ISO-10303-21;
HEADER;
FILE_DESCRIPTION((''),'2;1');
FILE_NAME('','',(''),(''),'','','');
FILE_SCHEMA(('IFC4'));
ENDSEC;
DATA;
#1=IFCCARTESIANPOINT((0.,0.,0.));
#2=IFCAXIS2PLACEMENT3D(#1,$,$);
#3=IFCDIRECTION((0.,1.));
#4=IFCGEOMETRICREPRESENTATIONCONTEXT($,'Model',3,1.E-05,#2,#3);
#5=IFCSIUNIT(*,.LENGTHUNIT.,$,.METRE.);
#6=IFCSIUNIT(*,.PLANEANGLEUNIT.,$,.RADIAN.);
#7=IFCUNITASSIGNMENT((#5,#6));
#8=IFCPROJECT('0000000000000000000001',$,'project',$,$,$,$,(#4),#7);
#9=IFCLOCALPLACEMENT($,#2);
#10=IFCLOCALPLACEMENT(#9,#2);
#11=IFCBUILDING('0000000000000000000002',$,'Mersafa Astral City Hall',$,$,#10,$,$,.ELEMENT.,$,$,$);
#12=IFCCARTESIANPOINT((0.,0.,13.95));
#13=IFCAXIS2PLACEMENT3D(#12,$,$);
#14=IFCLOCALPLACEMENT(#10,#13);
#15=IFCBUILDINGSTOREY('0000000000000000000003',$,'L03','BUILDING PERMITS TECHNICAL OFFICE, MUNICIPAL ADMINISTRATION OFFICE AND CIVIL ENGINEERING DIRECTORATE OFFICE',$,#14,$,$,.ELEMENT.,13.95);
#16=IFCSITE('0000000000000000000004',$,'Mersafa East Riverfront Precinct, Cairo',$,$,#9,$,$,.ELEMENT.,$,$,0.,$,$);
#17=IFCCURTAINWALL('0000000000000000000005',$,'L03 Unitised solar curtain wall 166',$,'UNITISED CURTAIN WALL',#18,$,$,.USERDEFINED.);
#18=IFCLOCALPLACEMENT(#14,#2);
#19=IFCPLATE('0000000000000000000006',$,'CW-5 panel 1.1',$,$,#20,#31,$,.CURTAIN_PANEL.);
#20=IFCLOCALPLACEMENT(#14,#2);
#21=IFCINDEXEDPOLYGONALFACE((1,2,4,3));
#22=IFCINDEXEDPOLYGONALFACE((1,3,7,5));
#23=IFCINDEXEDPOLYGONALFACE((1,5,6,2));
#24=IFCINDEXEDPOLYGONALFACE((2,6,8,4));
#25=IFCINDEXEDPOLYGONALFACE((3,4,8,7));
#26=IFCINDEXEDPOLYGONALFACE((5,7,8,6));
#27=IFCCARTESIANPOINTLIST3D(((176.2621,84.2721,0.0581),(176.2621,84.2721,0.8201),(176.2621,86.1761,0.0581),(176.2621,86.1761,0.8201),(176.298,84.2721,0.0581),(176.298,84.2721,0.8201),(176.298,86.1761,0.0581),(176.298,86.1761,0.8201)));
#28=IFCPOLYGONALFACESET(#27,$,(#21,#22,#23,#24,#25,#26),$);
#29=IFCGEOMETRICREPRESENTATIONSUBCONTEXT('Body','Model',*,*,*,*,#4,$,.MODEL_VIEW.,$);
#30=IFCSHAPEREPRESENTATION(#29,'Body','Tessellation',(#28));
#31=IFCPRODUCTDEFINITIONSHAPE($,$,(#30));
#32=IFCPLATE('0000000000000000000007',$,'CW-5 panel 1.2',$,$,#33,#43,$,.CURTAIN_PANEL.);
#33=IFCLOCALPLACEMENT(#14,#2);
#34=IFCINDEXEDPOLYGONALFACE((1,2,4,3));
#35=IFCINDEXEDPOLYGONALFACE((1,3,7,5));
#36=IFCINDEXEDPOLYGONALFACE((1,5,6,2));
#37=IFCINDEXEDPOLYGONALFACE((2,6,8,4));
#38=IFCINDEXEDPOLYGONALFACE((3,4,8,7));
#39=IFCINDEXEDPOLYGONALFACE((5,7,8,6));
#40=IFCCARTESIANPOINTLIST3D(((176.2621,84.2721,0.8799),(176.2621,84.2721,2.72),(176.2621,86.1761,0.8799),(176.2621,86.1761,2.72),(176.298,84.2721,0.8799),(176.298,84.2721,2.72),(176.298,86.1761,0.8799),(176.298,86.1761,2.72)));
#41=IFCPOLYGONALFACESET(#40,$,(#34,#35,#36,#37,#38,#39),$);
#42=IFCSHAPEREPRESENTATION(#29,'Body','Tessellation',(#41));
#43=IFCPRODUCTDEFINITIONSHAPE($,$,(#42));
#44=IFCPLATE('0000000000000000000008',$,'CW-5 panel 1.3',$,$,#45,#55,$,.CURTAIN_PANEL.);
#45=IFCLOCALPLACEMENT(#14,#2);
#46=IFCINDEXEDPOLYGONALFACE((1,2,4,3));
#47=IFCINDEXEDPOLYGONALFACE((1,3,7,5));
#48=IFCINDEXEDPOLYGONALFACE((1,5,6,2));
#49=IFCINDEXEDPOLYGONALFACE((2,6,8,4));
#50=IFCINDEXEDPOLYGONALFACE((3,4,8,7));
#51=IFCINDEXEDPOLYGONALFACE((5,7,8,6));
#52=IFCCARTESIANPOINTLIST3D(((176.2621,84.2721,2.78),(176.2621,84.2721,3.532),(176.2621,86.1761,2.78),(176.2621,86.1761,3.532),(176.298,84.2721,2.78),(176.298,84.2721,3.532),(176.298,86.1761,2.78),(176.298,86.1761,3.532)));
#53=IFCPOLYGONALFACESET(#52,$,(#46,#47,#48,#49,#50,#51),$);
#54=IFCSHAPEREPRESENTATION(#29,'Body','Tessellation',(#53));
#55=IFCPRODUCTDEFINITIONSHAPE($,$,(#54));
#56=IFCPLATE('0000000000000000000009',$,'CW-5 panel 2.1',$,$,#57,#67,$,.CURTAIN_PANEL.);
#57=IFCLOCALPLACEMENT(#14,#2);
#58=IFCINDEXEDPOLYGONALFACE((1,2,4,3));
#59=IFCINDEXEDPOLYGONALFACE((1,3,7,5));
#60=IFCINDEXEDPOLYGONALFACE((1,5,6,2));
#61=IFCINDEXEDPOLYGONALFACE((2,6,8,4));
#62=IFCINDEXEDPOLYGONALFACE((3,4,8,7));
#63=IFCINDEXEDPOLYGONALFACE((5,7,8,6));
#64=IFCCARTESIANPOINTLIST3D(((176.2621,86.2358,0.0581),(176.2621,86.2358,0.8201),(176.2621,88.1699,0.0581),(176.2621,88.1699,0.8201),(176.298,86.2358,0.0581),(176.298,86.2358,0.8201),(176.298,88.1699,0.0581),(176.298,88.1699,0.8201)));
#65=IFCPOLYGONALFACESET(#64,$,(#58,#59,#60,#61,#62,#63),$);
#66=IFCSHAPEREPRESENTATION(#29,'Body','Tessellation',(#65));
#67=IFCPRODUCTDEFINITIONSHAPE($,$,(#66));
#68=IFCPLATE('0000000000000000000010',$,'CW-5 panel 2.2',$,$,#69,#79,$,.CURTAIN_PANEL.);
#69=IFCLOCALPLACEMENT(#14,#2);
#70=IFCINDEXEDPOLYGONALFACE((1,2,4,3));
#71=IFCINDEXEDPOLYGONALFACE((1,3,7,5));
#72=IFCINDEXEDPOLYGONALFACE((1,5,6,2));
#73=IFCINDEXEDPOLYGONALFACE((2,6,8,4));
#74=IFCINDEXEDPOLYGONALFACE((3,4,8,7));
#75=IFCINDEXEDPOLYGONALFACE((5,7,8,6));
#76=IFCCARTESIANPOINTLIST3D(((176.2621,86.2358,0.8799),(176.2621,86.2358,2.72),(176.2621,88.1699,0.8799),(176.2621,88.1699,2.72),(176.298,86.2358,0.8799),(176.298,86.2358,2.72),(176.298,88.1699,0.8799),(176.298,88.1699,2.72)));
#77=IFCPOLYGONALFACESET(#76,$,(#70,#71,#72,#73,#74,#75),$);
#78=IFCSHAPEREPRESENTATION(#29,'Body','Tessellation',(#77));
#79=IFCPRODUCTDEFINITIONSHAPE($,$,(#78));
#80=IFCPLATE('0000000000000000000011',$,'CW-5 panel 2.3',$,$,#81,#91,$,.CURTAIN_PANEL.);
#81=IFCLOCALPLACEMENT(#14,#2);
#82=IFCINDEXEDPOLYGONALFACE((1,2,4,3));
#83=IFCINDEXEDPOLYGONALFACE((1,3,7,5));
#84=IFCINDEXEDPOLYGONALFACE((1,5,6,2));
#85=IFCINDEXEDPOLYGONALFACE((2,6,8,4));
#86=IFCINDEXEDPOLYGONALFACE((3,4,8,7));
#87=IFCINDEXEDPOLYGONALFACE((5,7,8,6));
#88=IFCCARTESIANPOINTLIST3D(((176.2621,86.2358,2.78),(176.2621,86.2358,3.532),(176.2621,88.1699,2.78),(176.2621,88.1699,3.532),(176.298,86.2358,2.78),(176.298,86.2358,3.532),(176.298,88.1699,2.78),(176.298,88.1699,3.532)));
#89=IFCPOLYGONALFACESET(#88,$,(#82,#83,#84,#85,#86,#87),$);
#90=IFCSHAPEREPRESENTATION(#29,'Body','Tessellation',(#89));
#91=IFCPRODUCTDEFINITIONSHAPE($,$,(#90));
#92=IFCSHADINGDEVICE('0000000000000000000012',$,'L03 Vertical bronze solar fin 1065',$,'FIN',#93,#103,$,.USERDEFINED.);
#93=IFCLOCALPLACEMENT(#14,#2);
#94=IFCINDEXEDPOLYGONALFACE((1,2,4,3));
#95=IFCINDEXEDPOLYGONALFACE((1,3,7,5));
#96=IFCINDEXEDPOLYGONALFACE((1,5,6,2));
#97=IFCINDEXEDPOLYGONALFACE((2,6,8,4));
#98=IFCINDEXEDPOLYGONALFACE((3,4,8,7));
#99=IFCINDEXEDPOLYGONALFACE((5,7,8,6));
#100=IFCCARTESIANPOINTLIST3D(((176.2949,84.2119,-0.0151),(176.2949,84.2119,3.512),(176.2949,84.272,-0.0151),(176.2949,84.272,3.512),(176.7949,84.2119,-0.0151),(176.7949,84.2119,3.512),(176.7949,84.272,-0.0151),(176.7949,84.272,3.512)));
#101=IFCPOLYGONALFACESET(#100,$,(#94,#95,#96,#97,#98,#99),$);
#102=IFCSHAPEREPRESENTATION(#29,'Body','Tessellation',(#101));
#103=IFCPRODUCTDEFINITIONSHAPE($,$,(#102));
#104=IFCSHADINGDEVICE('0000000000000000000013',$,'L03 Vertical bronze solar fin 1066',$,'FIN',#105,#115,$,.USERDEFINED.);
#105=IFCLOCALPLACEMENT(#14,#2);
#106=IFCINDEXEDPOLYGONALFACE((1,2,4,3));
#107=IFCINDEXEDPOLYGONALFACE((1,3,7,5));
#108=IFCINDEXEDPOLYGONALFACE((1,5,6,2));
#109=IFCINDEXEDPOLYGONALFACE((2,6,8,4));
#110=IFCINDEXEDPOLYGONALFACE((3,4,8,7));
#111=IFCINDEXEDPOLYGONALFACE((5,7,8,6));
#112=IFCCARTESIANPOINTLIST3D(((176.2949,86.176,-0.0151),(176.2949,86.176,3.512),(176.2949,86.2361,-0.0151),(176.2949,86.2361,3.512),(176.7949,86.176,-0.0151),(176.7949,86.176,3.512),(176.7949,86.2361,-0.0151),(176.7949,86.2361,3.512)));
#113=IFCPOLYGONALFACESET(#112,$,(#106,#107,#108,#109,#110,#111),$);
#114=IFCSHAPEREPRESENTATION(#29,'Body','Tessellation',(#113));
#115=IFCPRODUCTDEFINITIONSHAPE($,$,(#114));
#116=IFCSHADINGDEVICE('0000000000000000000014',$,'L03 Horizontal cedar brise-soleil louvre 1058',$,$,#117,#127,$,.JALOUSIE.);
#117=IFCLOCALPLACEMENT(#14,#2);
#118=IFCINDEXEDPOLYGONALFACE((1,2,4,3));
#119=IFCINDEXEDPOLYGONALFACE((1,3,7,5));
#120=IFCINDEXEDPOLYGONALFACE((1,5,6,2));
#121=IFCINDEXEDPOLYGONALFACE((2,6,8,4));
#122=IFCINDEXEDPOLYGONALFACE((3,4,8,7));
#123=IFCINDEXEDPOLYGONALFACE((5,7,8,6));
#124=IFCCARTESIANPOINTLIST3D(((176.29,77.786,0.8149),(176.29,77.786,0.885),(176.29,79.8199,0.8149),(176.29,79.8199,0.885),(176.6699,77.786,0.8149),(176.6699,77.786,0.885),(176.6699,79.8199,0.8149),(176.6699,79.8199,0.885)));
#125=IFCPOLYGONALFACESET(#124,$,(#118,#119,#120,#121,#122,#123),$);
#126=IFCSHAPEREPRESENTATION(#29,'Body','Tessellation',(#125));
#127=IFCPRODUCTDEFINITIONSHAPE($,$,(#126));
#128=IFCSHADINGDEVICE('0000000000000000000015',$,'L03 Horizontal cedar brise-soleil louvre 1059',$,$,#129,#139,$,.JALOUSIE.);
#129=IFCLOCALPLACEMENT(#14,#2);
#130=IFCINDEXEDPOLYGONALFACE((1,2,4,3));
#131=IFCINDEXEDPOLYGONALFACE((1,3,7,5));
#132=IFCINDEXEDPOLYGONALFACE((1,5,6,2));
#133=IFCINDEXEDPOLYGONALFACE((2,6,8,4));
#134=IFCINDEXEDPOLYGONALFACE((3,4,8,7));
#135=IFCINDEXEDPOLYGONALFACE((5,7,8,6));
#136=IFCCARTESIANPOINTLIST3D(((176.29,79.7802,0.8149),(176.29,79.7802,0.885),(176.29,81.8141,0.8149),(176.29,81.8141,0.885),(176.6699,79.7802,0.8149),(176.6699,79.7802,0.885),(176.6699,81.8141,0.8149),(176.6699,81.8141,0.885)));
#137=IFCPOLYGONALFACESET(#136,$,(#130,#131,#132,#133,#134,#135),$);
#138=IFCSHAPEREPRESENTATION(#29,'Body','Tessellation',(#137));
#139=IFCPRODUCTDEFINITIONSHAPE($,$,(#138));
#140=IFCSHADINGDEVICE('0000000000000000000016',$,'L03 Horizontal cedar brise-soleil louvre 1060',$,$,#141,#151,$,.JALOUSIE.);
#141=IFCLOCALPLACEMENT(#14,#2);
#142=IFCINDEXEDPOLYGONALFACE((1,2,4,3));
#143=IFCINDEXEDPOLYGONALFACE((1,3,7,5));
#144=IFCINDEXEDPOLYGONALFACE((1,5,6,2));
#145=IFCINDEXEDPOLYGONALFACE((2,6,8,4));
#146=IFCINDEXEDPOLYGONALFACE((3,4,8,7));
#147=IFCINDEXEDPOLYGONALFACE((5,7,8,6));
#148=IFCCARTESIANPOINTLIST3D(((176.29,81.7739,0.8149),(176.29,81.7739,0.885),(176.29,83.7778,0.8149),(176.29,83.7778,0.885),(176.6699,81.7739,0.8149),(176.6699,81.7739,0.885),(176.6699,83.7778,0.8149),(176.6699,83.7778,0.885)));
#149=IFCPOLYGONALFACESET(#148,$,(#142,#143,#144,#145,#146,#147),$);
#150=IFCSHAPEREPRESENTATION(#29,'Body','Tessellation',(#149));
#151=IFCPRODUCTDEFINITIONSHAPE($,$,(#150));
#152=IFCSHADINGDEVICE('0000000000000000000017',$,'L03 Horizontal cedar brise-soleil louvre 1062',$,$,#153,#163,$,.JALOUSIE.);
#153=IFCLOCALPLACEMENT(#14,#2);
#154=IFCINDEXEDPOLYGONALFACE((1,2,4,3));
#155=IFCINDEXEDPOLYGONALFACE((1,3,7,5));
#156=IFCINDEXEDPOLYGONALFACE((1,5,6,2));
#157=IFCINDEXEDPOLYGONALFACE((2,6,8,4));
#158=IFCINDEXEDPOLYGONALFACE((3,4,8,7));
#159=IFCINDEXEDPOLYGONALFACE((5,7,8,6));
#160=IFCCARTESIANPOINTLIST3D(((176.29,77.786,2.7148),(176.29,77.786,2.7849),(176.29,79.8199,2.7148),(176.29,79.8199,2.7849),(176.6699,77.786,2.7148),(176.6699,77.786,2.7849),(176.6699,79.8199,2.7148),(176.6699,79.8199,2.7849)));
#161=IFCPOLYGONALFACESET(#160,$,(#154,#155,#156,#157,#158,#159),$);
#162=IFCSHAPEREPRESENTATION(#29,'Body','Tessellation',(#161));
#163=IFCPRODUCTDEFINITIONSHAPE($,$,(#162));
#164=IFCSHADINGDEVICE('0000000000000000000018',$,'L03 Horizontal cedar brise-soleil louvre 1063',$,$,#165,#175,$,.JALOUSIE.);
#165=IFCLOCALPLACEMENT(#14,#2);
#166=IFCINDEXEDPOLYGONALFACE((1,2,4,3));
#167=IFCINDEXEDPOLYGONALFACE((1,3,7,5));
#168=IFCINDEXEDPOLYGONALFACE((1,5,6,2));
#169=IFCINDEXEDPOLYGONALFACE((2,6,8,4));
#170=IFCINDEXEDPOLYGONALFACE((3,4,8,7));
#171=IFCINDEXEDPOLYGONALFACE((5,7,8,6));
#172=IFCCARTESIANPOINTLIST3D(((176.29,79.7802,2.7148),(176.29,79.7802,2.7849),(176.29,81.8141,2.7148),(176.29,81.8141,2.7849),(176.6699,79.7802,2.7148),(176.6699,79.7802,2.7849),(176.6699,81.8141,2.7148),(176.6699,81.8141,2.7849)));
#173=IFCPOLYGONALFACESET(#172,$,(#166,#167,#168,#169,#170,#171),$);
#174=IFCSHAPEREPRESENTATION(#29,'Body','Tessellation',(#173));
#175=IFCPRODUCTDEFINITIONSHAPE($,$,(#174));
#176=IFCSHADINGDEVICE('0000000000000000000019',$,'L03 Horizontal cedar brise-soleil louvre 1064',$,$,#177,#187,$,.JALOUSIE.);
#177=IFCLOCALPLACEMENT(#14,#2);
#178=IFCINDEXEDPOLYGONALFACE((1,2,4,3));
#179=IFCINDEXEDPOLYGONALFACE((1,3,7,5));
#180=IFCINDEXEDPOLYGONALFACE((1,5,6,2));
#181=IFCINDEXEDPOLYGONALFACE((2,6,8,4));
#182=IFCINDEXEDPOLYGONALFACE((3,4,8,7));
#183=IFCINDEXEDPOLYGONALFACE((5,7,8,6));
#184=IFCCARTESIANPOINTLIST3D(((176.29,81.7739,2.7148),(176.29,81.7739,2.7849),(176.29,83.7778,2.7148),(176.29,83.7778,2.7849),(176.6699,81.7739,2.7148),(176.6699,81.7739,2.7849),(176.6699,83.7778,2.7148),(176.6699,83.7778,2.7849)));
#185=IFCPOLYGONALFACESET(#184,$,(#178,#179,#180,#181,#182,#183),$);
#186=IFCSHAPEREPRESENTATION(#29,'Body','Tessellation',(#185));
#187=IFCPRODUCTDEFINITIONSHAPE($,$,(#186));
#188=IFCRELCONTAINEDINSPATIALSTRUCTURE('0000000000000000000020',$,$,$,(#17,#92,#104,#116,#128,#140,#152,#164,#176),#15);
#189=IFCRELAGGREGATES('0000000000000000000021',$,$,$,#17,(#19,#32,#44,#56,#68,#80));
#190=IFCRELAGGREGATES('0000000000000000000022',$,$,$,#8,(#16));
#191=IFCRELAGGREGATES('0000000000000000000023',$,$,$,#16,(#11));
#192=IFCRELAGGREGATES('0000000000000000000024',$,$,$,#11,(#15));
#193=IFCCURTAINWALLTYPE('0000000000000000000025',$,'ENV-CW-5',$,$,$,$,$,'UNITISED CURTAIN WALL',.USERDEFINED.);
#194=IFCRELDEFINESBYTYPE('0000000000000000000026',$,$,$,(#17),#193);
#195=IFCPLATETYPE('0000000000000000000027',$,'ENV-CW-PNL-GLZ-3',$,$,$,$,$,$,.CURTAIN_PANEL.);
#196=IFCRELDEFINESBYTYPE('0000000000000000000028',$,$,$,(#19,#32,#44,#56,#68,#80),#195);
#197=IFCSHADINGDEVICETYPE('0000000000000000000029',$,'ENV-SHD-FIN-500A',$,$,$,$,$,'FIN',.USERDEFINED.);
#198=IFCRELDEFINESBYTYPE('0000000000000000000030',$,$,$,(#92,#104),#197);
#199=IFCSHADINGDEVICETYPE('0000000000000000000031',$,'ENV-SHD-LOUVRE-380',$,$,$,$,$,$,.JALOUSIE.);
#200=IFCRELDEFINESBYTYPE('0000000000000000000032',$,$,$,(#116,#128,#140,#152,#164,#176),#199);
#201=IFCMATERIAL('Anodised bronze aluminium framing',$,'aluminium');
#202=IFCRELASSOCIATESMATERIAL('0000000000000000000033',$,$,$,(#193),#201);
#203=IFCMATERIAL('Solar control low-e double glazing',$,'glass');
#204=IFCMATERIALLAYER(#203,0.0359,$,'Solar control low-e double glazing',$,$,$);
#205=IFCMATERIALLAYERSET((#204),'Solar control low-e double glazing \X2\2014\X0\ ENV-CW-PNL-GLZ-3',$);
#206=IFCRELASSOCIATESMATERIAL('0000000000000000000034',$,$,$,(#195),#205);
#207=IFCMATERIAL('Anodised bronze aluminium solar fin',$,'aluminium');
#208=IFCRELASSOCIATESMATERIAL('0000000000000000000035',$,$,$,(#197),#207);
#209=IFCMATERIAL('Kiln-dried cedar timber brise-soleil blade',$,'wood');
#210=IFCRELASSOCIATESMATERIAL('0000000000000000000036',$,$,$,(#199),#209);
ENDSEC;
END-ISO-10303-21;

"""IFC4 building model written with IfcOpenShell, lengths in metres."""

from ifc_helpers import new_model, si_unit, direction, frame, origin, origin_2d, place, context, subcontext, project, spatial, rectangle, extrude, material, layer, layer_set, type_object, element, aggregate, save


model = new_model("IFC4")

# Units and contexts
model_context = context("Model", 3, precision=1e-05, world=origin(), true_north=direction((0.0, 1.0)))
body_context = subcontext(model_context, "Body", "Model", "MODEL_VIEW")
ifc_project = project(units=[si_unit("LENGTHUNIT", "METRE"), si_unit("PLANEANGLEUNIT", "RADIAN")], contexts=[model_context])

# Site, building, storey
site_placement = place(None, origin())
site = spatial("IfcSite", under=ifc_project, at=site_placement, Name="Mersafa East Riverfront Precinct, Cairo", CompositionType="ELEMENT", RefElevation=0.0)
building_placement = place(site_placement, origin())
building = spatial("IfcBuilding", under=site, at=building_placement, Name="Mersafa Astral City Hall", CompositionType="ELEMENT")
storey_placement = place(building_placement, frame((0.0, 0.0, 13.95)))
storey = spatial("IfcBuildingStorey", under=building, at=storey_placement, Name="L03", Description="BUILDING PERMITS TECHNICAL OFFICE, MUNICIPAL ADMINISTRATION OFFICE AND CIVIL ENGINEERING DIRECTORATE OFFICE", CompositionType="ELEMENT", Elevation=13.95)

# Curtain wall
ifc_material_1 = material(Name="Anodised bronze aluminium framing", Category="aluminium")
curtain_wall_type = type_object("IfcCurtainWallType", Name="ENV-CW-5", ElementType="UNITISED CURTAIN WALL", PredefinedType="USERDEFINED", material=ifc_material_1)
curtain_wall_placement = place(storey_placement, origin())
curtain_wall = element("IfcCurtainWall", 1, at=curtain_wall_placement, inside=storey, type_object=curtain_wall_type, Name="L03 Unitised solar curtain wall 166", ObjectType="UNITISED CURTAIN WALL", PredefinedType="USERDEFINED")

# Plates
ifc_material_2 = material(Name="Solar control low-e double glazing", Category="glass")
ifc_layer = layer(ifc_material_2, 0.0359, Name="Solar control low-e double glazing")
ifc_layer_set = layer_set([ifc_layer], Name="Solar control low-e double glazing — ENV-CW-PNL-GLZ-3")
plate_type = type_object("IfcPlateType", Name="ENV-CW-PNL-GLZ-3", PredefinedType="CURTAIN_PANEL", material=ifc_layer_set)
plate_1_placement = place(storey_placement, frame((176.28, 85.2241, 0.0581), z_axis=(0.0, 0.0, 1.0), x_axis=(0.0, 1.0, 0.0)))
plate_1 = element("IfcPlate", 2, at=plate_1_placement, type_object=plate_type, Name="CW-5 panel 1.1", PredefinedType="CURTAIN_PANEL", context=body_context, shape_type="SweptSolid", body=[
    extrude(rectangle(XDim=1.9041, YDim=0.0359, at=origin_2d()), origin(), (0.0, 0.0, 1.0), 0.762),
])
plate_2_placement = place(storey_placement, frame((176.28, 85.2241, 0.8799), z_axis=(0.0, 0.0, 1.0), x_axis=(0.0, 1.0, 0.0)))
plate_2 = element("IfcPlate", 3, at=plate_2_placement, type_object=plate_type, Name="CW-5 panel 1.2", PredefinedType="CURTAIN_PANEL", context=body_context, shape_type="SweptSolid", body=[
    extrude(rectangle(XDim=1.9041, YDim=0.0359, at=origin_2d()), origin(), (0.0, 0.0, 1.0), 1.8401),
])
plate_3_placement = place(storey_placement, frame((176.28, 85.2241, 2.78), z_axis=(0.0, 0.0, 1.0), x_axis=(0.0, 1.0, 0.0)))
plate_3 = element("IfcPlate", 4, at=plate_3_placement, type_object=plate_type, Name="CW-5 panel 1.3", PredefinedType="CURTAIN_PANEL", context=body_context, shape_type="SweptSolid", body=[
    extrude(rectangle(XDim=1.9041, YDim=0.0359, at=origin_2d()), origin(), (0.0, 0.0, 1.0), 0.752),
])
plate_4_placement = place(storey_placement, frame((176.28, 87.2029, 0.0581), z_axis=(0.0, 0.0, 1.0), x_axis=(0.0, 1.0, 0.0)))
plate_4 = element("IfcPlate", 5, at=plate_4_placement, type_object=plate_type, Name="CW-5 panel 2.1", PredefinedType="CURTAIN_PANEL", context=body_context, shape_type="SweptSolid", body=[
    extrude(rectangle(XDim=1.9341, YDim=0.0359, at=origin_2d()), origin(), (0.0, 0.0, 1.0), 0.762),
])
plate_5_placement = place(storey_placement, frame((176.28, 87.2029, 0.8799), z_axis=(0.0, 0.0, 1.0), x_axis=(0.0, 1.0, 0.0)))
plate_5 = element("IfcPlate", 6, at=plate_5_placement, type_object=plate_type, Name="CW-5 panel 2.2", PredefinedType="CURTAIN_PANEL", context=body_context, shape_type="SweptSolid", body=[
    extrude(rectangle(XDim=1.9341, YDim=0.0359, at=origin_2d()), origin(), (0.0, 0.0, 1.0), 1.8401),
])
plate_6_placement = place(storey_placement, frame((176.28, 87.2029, 2.78), z_axis=(0.0, 0.0, 1.0), x_axis=(0.0, 1.0, 0.0)))
plate_6 = element("IfcPlate", 7, at=plate_6_placement, type_object=plate_type, Name="CW-5 panel 2.3", PredefinedType="CURTAIN_PANEL", context=body_context, shape_type="SweptSolid", body=[
    extrude(rectangle(XDim=1.9341, YDim=0.0359, at=origin_2d()), origin(), (0.0, 0.0, 1.0), 0.752),
])
aggregate(curtain_wall, [plate_1, plate_2, plate_3, plate_4, plate_5, plate_6])

# Shading devices
ifc_material_3 = material(Name="Anodised bronze aluminium solar fin", Category="aluminium")
shading_device_type_1 = type_object("IfcShadingDeviceType", Name="ENV-SHD-FIN-500A", ElementType="FIN", PredefinedType="USERDEFINED", material=ifc_material_3)
for number, where, z_axis, x_axis, name in (
    (8, (176.5449, 84.2419, -0.0151), (0.0, 0.0, 1.0), (0.0, 1.0, 0.0), "L03 Vertical bronze solar fin 1065"),
    (9, (176.5449, 86.2061, -0.0151), (0.0, 0.0, 1.0), (0.0, 1.0, 0.0), "L03 Vertical bronze solar fin 1066"),
):
    element("IfcShadingDevice", number, at=place(storey_placement, frame(where, z_axis=z_axis, x_axis=x_axis)), inside=storey, type_object=shading_device_type_1, Name=name, ObjectType="FIN", PredefinedType="USERDEFINED", context=body_context, shape_type="SweptSolid", body=[
        extrude(rectangle(XDim=0.0601, YDim=0.5, at=origin_2d()), origin(), (0.0, 0.0, 1.0), 3.5271),
    ])
ifc_material_4 = material(Name="Kiln-dried cedar timber brise-soleil blade", Category="wood")
shading_device_type_2 = type_object("IfcShadingDeviceType", Name="ENV-SHD-LOUVRE-380", PredefinedType="JALOUSIE", material=ifc_material_4)
for number, where, z_axis, x_axis, name in (
    (10, (176.48, 78.803, 0.8149), (0.0, 0.0, 1.0), (0.0, 1.0, 0.0), "L03 Horizontal cedar brise-soleil louvre 1058"),
    (11, (176.48, 80.7971, 0.8149), (0.0, 0.0, 1.0), (0.0, 1.0, 0.0), "L03 Horizontal cedar brise-soleil louvre 1059"),
):
    element("IfcShadingDevice", number, at=place(storey_placement, frame(where, z_axis=z_axis, x_axis=x_axis)), inside=storey, type_object=shading_device_type_2, Name=name, PredefinedType="JALOUSIE", context=body_context, shape_type="SweptSolid", body=[
        extrude(rectangle(XDim=2.0339, YDim=0.3799, at=origin_2d()), origin(), (0.0, 0.0, 1.0), 0.0701),
    ])
shading_device_1_placement = place(storey_placement, frame((176.48, 82.7759, 0.8149), z_axis=(0.0, 0.0, 1.0), x_axis=(0.0, 1.0, 0.0)))
element("IfcShadingDevice", 12, at=shading_device_1_placement, inside=storey, type_object=shading_device_type_2, Name="L03 Horizontal cedar brise-soleil louvre 1060", PredefinedType="JALOUSIE", context=body_context, shape_type="SweptSolid", body=[
    extrude(rectangle(XDim=2.0039, YDim=0.3799, at=origin_2d()), origin(), (0.0, 0.0, 1.0), 0.0701),
])
for number, where, z_axis, x_axis, name in (
    (13, (176.48, 78.803, 2.7148), (0.0, 0.0, 1.0), (0.0, 1.0, 0.0), "L03 Horizontal cedar brise-soleil louvre 1062"),
    (14, (176.48, 80.7971, 2.7148), (0.0, 0.0, 1.0), (0.0, 1.0, 0.0), "L03 Horizontal cedar brise-soleil louvre 1063"),
):
    element("IfcShadingDevice", number, at=place(storey_placement, frame(where, z_axis=z_axis, x_axis=x_axis)), inside=storey, type_object=shading_device_type_2, Name=name, PredefinedType="JALOUSIE", context=body_context, shape_type="SweptSolid", body=[
        extrude(rectangle(XDim=2.0339, YDim=0.3799, at=origin_2d()), origin(), (0.0, 0.0, 1.0), 0.0701),
    ])
shading_device_2_placement = place(storey_placement, frame((176.48, 82.7759, 2.7148), z_axis=(0.0, 0.0, 1.0), x_axis=(0.0, 1.0, 0.0)))
element("IfcShadingDevice", 15, at=shading_device_2_placement, inside=storey, type_object=shading_device_type_2, Name="L03 Horizontal cedar brise-soleil louvre 1064", PredefinedType="JALOUSIE", context=body_context, shape_type="SweptSolid", body=[
    extrude(rectangle(XDim=2.0039, YDim=0.3799, at=origin_2d()), origin(), (0.0, 0.0, 1.0), 0.0701),
])

save(model, "model.ifc")
